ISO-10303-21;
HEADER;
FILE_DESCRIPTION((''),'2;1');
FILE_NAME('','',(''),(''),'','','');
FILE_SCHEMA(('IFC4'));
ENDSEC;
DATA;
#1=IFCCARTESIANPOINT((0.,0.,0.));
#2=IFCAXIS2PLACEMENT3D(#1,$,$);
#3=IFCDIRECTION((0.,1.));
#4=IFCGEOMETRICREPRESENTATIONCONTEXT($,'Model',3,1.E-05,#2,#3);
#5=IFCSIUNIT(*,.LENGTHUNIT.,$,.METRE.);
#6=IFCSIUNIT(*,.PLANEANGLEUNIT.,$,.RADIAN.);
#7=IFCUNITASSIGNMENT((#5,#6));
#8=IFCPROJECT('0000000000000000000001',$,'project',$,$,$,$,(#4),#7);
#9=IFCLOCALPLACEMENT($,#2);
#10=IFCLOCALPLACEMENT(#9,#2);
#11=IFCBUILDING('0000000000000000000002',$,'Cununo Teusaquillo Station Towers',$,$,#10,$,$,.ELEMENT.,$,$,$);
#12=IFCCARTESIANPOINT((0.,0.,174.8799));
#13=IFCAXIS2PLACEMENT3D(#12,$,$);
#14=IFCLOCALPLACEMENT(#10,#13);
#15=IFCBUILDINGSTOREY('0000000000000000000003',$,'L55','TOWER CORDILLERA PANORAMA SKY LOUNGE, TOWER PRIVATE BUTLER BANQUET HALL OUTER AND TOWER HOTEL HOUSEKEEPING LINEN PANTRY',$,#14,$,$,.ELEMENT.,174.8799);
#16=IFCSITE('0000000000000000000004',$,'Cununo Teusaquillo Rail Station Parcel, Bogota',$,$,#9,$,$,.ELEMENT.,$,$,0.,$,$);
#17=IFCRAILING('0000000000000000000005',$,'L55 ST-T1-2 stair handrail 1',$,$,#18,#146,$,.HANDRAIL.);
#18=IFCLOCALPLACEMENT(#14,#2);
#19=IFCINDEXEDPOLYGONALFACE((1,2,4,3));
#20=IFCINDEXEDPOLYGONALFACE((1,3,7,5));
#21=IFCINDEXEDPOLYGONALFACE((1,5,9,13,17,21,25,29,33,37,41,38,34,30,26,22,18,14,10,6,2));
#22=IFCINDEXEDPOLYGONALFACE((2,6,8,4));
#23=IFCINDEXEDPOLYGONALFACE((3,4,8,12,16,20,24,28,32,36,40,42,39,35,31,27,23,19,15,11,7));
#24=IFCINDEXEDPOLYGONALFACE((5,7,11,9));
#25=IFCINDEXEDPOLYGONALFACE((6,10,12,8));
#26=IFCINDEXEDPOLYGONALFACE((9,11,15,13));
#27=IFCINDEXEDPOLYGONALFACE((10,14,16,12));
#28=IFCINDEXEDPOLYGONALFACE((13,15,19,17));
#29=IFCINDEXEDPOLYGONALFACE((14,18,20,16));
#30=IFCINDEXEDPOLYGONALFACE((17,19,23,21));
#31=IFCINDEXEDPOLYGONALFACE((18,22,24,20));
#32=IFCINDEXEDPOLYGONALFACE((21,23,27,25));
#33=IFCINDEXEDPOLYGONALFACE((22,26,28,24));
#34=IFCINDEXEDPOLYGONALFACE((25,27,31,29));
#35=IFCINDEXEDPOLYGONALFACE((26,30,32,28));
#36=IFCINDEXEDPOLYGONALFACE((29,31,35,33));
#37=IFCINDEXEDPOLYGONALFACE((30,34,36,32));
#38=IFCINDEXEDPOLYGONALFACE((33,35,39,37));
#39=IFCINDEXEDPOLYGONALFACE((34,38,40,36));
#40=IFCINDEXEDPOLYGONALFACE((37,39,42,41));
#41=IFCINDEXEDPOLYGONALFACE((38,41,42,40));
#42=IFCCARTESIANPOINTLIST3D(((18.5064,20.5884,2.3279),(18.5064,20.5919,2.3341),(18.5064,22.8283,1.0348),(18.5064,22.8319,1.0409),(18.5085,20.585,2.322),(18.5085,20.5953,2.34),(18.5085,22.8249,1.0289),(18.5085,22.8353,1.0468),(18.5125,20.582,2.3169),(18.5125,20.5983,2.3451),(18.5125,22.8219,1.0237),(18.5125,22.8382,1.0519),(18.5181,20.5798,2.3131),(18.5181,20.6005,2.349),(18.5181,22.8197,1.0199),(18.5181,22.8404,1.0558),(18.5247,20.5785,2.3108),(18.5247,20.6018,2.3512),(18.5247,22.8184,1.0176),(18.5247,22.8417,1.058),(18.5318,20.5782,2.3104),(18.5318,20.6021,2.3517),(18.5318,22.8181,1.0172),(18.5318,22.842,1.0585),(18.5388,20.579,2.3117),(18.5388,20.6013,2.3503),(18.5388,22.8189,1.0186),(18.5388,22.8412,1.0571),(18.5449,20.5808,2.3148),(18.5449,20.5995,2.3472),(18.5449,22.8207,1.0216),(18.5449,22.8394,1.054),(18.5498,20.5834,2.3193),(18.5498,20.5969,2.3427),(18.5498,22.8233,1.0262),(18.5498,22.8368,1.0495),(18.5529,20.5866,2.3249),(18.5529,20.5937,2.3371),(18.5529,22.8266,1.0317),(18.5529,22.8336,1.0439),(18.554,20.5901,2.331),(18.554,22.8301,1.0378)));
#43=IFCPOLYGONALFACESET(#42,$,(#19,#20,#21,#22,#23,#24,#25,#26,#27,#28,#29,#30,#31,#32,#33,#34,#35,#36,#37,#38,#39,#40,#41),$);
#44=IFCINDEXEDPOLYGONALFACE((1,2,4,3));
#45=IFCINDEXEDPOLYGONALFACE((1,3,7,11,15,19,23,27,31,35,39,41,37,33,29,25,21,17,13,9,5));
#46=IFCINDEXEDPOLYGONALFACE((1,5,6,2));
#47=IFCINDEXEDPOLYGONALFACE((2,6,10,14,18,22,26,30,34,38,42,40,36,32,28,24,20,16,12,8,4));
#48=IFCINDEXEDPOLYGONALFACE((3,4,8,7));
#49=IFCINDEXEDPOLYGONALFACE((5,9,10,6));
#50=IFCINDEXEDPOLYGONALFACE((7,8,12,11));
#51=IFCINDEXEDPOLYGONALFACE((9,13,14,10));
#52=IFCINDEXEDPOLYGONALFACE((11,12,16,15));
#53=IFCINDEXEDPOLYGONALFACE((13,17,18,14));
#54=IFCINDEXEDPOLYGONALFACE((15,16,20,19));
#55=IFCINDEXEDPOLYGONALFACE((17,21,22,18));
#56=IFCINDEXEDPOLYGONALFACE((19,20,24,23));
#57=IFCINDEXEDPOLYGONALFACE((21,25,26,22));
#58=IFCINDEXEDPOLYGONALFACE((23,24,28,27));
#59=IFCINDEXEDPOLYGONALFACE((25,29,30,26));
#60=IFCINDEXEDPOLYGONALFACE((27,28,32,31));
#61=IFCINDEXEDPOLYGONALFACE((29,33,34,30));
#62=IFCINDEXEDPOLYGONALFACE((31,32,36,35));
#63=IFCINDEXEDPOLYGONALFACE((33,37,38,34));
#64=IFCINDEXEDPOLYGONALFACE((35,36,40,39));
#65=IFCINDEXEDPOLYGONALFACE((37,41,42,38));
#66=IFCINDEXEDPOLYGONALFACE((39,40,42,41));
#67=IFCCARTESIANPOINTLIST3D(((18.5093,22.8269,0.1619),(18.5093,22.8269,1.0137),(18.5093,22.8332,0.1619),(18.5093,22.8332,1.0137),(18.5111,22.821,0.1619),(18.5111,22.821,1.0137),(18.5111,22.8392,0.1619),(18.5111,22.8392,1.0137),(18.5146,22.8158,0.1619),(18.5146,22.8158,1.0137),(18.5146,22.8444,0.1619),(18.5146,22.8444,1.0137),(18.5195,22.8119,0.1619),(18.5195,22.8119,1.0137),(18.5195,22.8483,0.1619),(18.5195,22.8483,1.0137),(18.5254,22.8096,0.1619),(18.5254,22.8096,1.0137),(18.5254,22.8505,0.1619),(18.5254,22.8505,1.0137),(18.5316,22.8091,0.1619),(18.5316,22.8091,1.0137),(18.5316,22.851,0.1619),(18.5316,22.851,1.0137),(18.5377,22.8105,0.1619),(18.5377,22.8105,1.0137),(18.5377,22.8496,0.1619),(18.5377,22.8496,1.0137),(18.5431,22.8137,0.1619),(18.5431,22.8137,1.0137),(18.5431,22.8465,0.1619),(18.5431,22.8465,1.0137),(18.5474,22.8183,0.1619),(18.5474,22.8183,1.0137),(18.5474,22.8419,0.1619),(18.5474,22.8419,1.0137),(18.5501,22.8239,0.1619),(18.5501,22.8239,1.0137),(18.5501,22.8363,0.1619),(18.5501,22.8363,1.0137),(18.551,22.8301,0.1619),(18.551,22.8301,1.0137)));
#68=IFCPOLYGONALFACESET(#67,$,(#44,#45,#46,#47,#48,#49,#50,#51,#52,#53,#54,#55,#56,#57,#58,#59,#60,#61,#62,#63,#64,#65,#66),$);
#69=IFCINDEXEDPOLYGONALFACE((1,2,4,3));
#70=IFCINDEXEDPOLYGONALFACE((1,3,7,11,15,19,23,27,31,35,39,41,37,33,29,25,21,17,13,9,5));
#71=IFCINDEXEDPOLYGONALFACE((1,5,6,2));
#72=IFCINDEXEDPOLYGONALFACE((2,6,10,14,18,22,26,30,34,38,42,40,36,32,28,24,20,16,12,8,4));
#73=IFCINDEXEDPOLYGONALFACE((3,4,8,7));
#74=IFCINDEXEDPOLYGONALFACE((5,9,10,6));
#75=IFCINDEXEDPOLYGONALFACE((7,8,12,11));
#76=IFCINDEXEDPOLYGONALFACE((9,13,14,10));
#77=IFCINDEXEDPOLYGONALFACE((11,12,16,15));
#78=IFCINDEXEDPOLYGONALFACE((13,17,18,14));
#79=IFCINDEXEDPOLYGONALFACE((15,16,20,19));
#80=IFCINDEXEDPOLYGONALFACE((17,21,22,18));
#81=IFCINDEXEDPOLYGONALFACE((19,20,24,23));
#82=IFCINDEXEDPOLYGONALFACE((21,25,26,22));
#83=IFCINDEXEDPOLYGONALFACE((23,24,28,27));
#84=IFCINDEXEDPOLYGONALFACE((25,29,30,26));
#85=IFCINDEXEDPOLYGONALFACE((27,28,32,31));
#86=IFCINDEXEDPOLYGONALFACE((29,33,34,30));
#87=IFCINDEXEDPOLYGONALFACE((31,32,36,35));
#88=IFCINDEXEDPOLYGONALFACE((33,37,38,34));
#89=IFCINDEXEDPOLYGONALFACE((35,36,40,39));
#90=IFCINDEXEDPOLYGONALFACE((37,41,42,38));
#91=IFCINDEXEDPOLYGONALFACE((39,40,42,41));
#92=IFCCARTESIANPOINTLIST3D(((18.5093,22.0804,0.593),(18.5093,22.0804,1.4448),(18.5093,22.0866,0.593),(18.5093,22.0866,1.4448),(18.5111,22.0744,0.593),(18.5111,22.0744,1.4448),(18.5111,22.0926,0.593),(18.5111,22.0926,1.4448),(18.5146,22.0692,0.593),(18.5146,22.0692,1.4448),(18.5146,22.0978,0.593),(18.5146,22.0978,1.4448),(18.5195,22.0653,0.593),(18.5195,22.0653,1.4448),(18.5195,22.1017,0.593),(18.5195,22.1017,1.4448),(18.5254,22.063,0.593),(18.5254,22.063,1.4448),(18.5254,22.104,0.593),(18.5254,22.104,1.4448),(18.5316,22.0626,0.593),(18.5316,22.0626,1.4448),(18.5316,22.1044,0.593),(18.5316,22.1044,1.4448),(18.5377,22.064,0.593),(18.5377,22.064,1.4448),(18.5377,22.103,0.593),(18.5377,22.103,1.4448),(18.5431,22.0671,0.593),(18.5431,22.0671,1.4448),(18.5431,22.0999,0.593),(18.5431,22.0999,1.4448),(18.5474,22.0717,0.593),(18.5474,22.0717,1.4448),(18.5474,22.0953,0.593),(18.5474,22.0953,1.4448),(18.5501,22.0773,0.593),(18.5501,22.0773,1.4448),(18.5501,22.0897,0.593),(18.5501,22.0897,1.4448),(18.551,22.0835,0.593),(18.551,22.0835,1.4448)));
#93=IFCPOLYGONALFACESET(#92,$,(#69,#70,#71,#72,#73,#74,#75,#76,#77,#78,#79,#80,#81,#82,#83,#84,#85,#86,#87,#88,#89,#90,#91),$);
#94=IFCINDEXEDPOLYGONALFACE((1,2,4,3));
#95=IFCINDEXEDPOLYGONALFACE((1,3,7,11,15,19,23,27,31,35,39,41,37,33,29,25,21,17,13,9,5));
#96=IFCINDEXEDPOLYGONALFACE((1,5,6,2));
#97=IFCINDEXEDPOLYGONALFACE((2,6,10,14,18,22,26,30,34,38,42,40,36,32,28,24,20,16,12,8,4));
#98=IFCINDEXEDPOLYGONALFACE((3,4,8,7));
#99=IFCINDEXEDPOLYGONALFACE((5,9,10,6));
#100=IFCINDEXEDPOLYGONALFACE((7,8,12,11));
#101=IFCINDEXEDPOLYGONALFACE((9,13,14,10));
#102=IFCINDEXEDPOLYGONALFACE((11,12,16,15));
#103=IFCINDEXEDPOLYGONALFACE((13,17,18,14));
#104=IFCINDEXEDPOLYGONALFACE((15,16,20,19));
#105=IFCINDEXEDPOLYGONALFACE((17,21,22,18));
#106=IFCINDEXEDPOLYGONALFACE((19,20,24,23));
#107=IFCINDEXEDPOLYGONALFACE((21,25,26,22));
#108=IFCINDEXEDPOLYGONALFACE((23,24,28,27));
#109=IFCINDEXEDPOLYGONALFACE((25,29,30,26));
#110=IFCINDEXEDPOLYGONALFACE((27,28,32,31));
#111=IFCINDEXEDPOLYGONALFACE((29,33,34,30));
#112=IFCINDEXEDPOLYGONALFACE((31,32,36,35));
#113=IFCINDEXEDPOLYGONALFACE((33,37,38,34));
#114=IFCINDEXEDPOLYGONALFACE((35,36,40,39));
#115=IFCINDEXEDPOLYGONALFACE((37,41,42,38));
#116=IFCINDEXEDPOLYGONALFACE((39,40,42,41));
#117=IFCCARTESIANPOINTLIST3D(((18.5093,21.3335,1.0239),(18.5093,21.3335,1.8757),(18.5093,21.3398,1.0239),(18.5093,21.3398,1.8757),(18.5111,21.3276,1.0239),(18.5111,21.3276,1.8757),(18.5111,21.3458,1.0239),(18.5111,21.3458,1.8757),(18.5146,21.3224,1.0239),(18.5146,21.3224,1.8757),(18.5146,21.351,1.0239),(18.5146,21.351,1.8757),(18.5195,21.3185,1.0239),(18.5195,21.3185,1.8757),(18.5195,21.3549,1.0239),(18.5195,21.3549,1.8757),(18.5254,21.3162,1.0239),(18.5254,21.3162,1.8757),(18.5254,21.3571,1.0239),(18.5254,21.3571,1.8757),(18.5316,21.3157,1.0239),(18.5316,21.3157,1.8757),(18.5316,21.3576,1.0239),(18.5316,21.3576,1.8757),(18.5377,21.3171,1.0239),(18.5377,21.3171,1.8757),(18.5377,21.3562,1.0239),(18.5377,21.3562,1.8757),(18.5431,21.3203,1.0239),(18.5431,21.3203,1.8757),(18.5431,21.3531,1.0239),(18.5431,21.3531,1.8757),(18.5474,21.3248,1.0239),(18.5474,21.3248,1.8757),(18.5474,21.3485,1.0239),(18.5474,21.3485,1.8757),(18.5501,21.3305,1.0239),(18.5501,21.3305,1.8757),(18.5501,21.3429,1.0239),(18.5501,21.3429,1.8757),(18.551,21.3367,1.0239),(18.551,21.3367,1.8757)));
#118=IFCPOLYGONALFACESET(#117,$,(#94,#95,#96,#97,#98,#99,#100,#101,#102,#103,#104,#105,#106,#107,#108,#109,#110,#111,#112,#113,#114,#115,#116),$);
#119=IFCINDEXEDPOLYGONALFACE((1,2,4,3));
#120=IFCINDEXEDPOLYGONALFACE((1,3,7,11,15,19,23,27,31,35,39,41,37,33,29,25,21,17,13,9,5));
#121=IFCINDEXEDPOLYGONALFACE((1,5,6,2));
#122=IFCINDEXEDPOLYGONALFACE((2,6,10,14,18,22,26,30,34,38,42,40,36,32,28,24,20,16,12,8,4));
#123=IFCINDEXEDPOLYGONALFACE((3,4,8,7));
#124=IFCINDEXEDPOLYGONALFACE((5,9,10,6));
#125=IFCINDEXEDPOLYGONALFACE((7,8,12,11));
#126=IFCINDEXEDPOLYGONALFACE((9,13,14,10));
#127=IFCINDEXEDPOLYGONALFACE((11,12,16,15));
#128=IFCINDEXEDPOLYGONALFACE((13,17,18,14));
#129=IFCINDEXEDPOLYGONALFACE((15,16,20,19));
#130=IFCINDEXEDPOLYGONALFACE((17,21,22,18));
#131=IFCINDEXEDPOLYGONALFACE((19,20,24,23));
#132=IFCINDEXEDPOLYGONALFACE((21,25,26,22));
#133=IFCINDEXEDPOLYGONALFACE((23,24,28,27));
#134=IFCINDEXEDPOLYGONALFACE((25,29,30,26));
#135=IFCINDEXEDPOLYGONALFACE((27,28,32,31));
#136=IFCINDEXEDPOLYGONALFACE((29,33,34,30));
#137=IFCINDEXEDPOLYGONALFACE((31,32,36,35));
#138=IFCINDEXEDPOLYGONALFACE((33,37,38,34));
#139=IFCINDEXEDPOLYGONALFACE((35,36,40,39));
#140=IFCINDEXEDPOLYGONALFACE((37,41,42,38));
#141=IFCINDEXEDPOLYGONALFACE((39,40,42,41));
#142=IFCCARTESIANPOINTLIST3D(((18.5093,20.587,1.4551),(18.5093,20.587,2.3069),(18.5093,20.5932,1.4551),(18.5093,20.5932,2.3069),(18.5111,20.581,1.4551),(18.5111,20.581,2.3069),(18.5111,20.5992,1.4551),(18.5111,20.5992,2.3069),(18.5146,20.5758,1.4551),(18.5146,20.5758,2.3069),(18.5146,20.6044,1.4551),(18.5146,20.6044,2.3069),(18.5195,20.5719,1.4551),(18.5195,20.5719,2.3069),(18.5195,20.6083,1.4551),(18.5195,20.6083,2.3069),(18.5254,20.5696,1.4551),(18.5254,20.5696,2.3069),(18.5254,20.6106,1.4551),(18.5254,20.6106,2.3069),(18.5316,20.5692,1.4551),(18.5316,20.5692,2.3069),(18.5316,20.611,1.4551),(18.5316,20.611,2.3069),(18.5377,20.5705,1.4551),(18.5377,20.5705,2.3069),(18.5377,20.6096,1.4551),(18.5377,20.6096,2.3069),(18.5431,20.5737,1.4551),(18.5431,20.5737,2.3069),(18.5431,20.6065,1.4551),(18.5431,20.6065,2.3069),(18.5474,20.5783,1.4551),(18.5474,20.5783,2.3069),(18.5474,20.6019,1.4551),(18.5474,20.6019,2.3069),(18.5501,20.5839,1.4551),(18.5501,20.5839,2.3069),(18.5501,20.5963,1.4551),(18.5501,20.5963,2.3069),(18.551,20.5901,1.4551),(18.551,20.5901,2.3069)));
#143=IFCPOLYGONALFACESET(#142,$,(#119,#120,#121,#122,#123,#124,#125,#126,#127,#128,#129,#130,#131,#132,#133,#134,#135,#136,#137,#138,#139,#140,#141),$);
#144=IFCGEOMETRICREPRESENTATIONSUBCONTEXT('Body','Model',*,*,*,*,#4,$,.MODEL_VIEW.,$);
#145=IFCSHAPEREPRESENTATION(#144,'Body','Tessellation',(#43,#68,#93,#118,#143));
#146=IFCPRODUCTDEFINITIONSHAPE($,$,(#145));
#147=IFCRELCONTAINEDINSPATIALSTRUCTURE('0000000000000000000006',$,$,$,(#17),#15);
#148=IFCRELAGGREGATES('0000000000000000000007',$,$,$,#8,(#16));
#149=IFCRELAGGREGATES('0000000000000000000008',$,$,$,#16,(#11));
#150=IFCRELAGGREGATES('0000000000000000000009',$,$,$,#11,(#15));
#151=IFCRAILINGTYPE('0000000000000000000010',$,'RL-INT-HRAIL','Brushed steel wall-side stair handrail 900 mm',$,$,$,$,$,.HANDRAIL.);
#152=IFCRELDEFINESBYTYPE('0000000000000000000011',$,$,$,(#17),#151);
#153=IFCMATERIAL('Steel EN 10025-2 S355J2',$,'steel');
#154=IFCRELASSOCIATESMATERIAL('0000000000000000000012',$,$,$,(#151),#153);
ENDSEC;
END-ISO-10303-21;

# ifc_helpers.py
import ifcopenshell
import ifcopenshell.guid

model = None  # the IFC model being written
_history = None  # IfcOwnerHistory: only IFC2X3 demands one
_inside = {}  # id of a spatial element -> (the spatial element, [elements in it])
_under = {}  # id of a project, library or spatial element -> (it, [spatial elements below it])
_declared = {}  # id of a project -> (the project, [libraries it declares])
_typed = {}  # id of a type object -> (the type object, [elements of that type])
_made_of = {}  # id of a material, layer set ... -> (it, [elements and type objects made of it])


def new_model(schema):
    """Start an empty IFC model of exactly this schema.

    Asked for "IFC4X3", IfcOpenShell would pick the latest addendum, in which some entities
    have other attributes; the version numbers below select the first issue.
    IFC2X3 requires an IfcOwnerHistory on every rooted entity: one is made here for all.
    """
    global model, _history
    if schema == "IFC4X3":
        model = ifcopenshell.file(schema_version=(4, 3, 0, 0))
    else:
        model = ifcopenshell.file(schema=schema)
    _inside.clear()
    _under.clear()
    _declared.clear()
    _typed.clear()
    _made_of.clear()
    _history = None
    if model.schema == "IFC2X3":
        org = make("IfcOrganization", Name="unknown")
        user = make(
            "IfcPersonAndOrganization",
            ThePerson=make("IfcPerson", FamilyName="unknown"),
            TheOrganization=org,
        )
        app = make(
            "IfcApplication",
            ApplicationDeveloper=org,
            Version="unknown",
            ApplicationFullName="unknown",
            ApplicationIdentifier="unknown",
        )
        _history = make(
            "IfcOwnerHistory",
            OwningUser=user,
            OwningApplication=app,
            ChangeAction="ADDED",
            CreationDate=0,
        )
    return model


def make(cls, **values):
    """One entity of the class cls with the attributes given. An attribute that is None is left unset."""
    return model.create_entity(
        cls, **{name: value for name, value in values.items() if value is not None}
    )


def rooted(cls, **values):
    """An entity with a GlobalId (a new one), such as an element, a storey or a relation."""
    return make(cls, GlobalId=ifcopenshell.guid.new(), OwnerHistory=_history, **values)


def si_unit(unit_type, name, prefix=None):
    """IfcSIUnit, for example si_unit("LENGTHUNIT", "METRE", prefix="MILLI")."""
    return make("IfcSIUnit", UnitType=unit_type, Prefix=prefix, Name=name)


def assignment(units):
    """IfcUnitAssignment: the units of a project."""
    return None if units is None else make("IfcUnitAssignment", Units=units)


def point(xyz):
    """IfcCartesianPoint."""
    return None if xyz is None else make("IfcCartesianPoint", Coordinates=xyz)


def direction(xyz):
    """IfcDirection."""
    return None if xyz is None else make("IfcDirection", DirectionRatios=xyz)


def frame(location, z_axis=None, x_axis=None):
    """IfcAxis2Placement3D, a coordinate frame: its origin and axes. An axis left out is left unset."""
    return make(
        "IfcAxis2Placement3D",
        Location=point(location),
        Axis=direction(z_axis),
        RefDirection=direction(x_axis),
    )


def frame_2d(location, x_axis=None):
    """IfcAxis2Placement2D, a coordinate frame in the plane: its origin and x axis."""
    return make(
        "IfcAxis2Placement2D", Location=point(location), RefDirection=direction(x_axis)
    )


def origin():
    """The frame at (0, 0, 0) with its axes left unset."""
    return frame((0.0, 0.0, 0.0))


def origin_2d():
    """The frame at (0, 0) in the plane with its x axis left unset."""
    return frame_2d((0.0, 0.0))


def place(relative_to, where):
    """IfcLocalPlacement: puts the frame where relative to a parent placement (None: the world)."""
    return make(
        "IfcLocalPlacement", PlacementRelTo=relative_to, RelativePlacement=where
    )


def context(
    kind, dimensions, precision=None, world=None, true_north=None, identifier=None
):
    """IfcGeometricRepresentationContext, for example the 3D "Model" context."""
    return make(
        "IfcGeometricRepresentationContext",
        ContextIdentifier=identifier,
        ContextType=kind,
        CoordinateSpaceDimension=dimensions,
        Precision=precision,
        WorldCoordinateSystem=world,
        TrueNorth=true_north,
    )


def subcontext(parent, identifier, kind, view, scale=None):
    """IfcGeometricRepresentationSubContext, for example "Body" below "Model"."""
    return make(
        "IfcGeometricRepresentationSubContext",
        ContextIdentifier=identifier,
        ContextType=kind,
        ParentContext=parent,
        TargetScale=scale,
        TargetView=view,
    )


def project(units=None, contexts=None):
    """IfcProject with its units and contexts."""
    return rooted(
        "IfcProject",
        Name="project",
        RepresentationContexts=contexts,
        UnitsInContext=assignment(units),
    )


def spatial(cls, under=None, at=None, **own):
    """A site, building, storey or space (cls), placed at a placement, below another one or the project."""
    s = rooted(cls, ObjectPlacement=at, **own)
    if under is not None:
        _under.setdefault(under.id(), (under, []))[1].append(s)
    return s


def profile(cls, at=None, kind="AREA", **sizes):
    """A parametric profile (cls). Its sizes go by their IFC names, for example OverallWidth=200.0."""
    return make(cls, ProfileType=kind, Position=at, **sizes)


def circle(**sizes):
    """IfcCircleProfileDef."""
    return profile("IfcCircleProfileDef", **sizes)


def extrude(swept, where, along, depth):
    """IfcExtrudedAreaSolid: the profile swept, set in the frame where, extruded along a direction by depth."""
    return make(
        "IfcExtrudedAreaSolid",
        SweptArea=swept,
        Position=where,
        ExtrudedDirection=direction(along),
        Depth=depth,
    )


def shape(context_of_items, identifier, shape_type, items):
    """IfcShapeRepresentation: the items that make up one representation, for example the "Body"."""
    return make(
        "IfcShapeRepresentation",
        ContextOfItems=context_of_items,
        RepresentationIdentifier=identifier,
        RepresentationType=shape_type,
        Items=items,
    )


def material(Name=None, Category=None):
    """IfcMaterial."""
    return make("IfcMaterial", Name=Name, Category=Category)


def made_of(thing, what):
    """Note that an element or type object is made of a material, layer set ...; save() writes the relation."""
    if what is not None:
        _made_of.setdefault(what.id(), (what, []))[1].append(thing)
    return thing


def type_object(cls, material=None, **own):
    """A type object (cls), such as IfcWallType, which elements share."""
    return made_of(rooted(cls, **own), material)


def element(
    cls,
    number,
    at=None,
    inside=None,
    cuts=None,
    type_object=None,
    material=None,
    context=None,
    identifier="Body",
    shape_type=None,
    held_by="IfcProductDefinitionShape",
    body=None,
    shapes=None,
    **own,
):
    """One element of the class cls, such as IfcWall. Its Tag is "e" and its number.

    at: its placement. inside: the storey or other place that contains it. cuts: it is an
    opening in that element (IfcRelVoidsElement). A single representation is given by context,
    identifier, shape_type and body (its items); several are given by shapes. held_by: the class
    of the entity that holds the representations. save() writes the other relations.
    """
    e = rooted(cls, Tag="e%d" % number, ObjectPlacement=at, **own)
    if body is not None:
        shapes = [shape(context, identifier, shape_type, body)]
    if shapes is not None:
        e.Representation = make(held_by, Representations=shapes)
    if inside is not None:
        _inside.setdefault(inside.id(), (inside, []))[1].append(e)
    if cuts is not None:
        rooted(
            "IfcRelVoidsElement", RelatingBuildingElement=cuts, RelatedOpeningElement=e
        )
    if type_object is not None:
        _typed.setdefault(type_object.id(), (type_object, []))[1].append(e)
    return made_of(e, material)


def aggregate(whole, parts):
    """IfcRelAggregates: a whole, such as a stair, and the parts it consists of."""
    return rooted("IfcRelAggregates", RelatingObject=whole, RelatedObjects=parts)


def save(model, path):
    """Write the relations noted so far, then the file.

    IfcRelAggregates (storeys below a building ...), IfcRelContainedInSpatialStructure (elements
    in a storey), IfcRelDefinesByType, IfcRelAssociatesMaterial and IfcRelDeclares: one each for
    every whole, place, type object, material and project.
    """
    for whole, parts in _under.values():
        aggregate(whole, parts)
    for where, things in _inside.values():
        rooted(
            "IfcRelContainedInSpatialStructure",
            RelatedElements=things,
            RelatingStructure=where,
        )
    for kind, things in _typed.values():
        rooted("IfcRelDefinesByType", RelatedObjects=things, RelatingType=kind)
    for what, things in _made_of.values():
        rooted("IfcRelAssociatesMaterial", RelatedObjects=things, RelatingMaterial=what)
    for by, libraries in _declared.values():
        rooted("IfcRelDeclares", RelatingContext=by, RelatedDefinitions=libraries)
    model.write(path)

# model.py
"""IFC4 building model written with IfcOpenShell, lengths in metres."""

from ifc_helpers import new_model, si_unit, direction, frame, origin, origin_2d, place, context, subcontext, project, spatial, circle, extrude, material, type_object, element, save


model = new_model("IFC4")

# Units and contexts
model_context = context("Model", 3, precision=1e-05, world=origin(), true_north=direction((0.0, 1.0)))
body_context = subcontext(model_context, "Body", "Model", "MODEL_VIEW")
ifc_project = project(units=[si_unit("LENGTHUNIT", "METRE"), si_unit("PLANEANGLEUNIT", "RADIAN")], contexts=[model_context])

# Site, building, storey
site_placement = place(None, origin())
site = spatial("IfcSite", under=ifc_project, at=site_placement, Name="Cununo Teusaquillo Rail Station Parcel, Bogota", CompositionType="ELEMENT", RefElevation=0.0)
building_placement = place(site_placement, origin())
building = spatial("IfcBuilding", under=site, at=building_placement, Name="Cununo Teusaquillo Station Towers", CompositionType="ELEMENT")
storey_placement = place(building_placement, frame((0.0, 0.0, 174.8799)))
storey = spatial("IfcBuildingStorey", under=building, at=storey_placement, Name="L55", Description="TOWER CORDILLERA PANORAMA SKY LOUNGE, TOWER PRIVATE BUTLER BANQUET HALL OUTER AND TOWER HOTEL HOUSEKEEPING LINEN PANTRY", CompositionType="ELEMENT", Elevation=174.8799)

# Railing
ifc_material_1 = material(Name="Steel EN 10025-2 S355J2", Category="steel")
railing_type_1 = type_object("IfcRailingType", Name="RL-INT-HRAIL", Description="Brushed steel wall-side stair handrail 900 mm", PredefinedType="HANDRAIL", material=ifc_material_1)
railing_1_placement = place(storey_placement, frame((18.53, 22.8301, 0.1619)))
element("IfcRailing", 1, at=railing_1_placement, inside=storey, type_object=railing_type_1, Name="L55 ST-T1-2 stair handrail 1", PredefinedType="HANDRAIL", context=body_context, shape_type="SweptSolid", body=[
    extrude(circle(Radius=0.0239, at=origin_2d()), frame((0.0, 0.0, 0.876), z_axis=(0.0, -0.866033, 0.499987), x_axis=(1.0, 0.0, 0.0)), (0.0, 0.0, 1.0), 2.5864),
    extrude(circle(Radius=0.021, at=origin_2d()), origin(), (0.0, 0.0, 1.0), 0.8518),
    extrude(circle(Radius=0.021, at=origin_2d()), frame((0.0, -0.7466, 0.4312)), (0.0, 0.0, 1.0), 0.8518),
    extrude(circle(Radius=0.021, at=origin_2d()), frame((0.0, -1.4934, 0.8621)), (0.0, 0.0, 1.0), 0.8518),
    extrude(circle(Radius=0.021, at=origin_2d()), frame((0.0, -2.24, 1.2932)), (0.0, 0.0, 1.0), 0.8518),
])

save(model, "model.ifc")
